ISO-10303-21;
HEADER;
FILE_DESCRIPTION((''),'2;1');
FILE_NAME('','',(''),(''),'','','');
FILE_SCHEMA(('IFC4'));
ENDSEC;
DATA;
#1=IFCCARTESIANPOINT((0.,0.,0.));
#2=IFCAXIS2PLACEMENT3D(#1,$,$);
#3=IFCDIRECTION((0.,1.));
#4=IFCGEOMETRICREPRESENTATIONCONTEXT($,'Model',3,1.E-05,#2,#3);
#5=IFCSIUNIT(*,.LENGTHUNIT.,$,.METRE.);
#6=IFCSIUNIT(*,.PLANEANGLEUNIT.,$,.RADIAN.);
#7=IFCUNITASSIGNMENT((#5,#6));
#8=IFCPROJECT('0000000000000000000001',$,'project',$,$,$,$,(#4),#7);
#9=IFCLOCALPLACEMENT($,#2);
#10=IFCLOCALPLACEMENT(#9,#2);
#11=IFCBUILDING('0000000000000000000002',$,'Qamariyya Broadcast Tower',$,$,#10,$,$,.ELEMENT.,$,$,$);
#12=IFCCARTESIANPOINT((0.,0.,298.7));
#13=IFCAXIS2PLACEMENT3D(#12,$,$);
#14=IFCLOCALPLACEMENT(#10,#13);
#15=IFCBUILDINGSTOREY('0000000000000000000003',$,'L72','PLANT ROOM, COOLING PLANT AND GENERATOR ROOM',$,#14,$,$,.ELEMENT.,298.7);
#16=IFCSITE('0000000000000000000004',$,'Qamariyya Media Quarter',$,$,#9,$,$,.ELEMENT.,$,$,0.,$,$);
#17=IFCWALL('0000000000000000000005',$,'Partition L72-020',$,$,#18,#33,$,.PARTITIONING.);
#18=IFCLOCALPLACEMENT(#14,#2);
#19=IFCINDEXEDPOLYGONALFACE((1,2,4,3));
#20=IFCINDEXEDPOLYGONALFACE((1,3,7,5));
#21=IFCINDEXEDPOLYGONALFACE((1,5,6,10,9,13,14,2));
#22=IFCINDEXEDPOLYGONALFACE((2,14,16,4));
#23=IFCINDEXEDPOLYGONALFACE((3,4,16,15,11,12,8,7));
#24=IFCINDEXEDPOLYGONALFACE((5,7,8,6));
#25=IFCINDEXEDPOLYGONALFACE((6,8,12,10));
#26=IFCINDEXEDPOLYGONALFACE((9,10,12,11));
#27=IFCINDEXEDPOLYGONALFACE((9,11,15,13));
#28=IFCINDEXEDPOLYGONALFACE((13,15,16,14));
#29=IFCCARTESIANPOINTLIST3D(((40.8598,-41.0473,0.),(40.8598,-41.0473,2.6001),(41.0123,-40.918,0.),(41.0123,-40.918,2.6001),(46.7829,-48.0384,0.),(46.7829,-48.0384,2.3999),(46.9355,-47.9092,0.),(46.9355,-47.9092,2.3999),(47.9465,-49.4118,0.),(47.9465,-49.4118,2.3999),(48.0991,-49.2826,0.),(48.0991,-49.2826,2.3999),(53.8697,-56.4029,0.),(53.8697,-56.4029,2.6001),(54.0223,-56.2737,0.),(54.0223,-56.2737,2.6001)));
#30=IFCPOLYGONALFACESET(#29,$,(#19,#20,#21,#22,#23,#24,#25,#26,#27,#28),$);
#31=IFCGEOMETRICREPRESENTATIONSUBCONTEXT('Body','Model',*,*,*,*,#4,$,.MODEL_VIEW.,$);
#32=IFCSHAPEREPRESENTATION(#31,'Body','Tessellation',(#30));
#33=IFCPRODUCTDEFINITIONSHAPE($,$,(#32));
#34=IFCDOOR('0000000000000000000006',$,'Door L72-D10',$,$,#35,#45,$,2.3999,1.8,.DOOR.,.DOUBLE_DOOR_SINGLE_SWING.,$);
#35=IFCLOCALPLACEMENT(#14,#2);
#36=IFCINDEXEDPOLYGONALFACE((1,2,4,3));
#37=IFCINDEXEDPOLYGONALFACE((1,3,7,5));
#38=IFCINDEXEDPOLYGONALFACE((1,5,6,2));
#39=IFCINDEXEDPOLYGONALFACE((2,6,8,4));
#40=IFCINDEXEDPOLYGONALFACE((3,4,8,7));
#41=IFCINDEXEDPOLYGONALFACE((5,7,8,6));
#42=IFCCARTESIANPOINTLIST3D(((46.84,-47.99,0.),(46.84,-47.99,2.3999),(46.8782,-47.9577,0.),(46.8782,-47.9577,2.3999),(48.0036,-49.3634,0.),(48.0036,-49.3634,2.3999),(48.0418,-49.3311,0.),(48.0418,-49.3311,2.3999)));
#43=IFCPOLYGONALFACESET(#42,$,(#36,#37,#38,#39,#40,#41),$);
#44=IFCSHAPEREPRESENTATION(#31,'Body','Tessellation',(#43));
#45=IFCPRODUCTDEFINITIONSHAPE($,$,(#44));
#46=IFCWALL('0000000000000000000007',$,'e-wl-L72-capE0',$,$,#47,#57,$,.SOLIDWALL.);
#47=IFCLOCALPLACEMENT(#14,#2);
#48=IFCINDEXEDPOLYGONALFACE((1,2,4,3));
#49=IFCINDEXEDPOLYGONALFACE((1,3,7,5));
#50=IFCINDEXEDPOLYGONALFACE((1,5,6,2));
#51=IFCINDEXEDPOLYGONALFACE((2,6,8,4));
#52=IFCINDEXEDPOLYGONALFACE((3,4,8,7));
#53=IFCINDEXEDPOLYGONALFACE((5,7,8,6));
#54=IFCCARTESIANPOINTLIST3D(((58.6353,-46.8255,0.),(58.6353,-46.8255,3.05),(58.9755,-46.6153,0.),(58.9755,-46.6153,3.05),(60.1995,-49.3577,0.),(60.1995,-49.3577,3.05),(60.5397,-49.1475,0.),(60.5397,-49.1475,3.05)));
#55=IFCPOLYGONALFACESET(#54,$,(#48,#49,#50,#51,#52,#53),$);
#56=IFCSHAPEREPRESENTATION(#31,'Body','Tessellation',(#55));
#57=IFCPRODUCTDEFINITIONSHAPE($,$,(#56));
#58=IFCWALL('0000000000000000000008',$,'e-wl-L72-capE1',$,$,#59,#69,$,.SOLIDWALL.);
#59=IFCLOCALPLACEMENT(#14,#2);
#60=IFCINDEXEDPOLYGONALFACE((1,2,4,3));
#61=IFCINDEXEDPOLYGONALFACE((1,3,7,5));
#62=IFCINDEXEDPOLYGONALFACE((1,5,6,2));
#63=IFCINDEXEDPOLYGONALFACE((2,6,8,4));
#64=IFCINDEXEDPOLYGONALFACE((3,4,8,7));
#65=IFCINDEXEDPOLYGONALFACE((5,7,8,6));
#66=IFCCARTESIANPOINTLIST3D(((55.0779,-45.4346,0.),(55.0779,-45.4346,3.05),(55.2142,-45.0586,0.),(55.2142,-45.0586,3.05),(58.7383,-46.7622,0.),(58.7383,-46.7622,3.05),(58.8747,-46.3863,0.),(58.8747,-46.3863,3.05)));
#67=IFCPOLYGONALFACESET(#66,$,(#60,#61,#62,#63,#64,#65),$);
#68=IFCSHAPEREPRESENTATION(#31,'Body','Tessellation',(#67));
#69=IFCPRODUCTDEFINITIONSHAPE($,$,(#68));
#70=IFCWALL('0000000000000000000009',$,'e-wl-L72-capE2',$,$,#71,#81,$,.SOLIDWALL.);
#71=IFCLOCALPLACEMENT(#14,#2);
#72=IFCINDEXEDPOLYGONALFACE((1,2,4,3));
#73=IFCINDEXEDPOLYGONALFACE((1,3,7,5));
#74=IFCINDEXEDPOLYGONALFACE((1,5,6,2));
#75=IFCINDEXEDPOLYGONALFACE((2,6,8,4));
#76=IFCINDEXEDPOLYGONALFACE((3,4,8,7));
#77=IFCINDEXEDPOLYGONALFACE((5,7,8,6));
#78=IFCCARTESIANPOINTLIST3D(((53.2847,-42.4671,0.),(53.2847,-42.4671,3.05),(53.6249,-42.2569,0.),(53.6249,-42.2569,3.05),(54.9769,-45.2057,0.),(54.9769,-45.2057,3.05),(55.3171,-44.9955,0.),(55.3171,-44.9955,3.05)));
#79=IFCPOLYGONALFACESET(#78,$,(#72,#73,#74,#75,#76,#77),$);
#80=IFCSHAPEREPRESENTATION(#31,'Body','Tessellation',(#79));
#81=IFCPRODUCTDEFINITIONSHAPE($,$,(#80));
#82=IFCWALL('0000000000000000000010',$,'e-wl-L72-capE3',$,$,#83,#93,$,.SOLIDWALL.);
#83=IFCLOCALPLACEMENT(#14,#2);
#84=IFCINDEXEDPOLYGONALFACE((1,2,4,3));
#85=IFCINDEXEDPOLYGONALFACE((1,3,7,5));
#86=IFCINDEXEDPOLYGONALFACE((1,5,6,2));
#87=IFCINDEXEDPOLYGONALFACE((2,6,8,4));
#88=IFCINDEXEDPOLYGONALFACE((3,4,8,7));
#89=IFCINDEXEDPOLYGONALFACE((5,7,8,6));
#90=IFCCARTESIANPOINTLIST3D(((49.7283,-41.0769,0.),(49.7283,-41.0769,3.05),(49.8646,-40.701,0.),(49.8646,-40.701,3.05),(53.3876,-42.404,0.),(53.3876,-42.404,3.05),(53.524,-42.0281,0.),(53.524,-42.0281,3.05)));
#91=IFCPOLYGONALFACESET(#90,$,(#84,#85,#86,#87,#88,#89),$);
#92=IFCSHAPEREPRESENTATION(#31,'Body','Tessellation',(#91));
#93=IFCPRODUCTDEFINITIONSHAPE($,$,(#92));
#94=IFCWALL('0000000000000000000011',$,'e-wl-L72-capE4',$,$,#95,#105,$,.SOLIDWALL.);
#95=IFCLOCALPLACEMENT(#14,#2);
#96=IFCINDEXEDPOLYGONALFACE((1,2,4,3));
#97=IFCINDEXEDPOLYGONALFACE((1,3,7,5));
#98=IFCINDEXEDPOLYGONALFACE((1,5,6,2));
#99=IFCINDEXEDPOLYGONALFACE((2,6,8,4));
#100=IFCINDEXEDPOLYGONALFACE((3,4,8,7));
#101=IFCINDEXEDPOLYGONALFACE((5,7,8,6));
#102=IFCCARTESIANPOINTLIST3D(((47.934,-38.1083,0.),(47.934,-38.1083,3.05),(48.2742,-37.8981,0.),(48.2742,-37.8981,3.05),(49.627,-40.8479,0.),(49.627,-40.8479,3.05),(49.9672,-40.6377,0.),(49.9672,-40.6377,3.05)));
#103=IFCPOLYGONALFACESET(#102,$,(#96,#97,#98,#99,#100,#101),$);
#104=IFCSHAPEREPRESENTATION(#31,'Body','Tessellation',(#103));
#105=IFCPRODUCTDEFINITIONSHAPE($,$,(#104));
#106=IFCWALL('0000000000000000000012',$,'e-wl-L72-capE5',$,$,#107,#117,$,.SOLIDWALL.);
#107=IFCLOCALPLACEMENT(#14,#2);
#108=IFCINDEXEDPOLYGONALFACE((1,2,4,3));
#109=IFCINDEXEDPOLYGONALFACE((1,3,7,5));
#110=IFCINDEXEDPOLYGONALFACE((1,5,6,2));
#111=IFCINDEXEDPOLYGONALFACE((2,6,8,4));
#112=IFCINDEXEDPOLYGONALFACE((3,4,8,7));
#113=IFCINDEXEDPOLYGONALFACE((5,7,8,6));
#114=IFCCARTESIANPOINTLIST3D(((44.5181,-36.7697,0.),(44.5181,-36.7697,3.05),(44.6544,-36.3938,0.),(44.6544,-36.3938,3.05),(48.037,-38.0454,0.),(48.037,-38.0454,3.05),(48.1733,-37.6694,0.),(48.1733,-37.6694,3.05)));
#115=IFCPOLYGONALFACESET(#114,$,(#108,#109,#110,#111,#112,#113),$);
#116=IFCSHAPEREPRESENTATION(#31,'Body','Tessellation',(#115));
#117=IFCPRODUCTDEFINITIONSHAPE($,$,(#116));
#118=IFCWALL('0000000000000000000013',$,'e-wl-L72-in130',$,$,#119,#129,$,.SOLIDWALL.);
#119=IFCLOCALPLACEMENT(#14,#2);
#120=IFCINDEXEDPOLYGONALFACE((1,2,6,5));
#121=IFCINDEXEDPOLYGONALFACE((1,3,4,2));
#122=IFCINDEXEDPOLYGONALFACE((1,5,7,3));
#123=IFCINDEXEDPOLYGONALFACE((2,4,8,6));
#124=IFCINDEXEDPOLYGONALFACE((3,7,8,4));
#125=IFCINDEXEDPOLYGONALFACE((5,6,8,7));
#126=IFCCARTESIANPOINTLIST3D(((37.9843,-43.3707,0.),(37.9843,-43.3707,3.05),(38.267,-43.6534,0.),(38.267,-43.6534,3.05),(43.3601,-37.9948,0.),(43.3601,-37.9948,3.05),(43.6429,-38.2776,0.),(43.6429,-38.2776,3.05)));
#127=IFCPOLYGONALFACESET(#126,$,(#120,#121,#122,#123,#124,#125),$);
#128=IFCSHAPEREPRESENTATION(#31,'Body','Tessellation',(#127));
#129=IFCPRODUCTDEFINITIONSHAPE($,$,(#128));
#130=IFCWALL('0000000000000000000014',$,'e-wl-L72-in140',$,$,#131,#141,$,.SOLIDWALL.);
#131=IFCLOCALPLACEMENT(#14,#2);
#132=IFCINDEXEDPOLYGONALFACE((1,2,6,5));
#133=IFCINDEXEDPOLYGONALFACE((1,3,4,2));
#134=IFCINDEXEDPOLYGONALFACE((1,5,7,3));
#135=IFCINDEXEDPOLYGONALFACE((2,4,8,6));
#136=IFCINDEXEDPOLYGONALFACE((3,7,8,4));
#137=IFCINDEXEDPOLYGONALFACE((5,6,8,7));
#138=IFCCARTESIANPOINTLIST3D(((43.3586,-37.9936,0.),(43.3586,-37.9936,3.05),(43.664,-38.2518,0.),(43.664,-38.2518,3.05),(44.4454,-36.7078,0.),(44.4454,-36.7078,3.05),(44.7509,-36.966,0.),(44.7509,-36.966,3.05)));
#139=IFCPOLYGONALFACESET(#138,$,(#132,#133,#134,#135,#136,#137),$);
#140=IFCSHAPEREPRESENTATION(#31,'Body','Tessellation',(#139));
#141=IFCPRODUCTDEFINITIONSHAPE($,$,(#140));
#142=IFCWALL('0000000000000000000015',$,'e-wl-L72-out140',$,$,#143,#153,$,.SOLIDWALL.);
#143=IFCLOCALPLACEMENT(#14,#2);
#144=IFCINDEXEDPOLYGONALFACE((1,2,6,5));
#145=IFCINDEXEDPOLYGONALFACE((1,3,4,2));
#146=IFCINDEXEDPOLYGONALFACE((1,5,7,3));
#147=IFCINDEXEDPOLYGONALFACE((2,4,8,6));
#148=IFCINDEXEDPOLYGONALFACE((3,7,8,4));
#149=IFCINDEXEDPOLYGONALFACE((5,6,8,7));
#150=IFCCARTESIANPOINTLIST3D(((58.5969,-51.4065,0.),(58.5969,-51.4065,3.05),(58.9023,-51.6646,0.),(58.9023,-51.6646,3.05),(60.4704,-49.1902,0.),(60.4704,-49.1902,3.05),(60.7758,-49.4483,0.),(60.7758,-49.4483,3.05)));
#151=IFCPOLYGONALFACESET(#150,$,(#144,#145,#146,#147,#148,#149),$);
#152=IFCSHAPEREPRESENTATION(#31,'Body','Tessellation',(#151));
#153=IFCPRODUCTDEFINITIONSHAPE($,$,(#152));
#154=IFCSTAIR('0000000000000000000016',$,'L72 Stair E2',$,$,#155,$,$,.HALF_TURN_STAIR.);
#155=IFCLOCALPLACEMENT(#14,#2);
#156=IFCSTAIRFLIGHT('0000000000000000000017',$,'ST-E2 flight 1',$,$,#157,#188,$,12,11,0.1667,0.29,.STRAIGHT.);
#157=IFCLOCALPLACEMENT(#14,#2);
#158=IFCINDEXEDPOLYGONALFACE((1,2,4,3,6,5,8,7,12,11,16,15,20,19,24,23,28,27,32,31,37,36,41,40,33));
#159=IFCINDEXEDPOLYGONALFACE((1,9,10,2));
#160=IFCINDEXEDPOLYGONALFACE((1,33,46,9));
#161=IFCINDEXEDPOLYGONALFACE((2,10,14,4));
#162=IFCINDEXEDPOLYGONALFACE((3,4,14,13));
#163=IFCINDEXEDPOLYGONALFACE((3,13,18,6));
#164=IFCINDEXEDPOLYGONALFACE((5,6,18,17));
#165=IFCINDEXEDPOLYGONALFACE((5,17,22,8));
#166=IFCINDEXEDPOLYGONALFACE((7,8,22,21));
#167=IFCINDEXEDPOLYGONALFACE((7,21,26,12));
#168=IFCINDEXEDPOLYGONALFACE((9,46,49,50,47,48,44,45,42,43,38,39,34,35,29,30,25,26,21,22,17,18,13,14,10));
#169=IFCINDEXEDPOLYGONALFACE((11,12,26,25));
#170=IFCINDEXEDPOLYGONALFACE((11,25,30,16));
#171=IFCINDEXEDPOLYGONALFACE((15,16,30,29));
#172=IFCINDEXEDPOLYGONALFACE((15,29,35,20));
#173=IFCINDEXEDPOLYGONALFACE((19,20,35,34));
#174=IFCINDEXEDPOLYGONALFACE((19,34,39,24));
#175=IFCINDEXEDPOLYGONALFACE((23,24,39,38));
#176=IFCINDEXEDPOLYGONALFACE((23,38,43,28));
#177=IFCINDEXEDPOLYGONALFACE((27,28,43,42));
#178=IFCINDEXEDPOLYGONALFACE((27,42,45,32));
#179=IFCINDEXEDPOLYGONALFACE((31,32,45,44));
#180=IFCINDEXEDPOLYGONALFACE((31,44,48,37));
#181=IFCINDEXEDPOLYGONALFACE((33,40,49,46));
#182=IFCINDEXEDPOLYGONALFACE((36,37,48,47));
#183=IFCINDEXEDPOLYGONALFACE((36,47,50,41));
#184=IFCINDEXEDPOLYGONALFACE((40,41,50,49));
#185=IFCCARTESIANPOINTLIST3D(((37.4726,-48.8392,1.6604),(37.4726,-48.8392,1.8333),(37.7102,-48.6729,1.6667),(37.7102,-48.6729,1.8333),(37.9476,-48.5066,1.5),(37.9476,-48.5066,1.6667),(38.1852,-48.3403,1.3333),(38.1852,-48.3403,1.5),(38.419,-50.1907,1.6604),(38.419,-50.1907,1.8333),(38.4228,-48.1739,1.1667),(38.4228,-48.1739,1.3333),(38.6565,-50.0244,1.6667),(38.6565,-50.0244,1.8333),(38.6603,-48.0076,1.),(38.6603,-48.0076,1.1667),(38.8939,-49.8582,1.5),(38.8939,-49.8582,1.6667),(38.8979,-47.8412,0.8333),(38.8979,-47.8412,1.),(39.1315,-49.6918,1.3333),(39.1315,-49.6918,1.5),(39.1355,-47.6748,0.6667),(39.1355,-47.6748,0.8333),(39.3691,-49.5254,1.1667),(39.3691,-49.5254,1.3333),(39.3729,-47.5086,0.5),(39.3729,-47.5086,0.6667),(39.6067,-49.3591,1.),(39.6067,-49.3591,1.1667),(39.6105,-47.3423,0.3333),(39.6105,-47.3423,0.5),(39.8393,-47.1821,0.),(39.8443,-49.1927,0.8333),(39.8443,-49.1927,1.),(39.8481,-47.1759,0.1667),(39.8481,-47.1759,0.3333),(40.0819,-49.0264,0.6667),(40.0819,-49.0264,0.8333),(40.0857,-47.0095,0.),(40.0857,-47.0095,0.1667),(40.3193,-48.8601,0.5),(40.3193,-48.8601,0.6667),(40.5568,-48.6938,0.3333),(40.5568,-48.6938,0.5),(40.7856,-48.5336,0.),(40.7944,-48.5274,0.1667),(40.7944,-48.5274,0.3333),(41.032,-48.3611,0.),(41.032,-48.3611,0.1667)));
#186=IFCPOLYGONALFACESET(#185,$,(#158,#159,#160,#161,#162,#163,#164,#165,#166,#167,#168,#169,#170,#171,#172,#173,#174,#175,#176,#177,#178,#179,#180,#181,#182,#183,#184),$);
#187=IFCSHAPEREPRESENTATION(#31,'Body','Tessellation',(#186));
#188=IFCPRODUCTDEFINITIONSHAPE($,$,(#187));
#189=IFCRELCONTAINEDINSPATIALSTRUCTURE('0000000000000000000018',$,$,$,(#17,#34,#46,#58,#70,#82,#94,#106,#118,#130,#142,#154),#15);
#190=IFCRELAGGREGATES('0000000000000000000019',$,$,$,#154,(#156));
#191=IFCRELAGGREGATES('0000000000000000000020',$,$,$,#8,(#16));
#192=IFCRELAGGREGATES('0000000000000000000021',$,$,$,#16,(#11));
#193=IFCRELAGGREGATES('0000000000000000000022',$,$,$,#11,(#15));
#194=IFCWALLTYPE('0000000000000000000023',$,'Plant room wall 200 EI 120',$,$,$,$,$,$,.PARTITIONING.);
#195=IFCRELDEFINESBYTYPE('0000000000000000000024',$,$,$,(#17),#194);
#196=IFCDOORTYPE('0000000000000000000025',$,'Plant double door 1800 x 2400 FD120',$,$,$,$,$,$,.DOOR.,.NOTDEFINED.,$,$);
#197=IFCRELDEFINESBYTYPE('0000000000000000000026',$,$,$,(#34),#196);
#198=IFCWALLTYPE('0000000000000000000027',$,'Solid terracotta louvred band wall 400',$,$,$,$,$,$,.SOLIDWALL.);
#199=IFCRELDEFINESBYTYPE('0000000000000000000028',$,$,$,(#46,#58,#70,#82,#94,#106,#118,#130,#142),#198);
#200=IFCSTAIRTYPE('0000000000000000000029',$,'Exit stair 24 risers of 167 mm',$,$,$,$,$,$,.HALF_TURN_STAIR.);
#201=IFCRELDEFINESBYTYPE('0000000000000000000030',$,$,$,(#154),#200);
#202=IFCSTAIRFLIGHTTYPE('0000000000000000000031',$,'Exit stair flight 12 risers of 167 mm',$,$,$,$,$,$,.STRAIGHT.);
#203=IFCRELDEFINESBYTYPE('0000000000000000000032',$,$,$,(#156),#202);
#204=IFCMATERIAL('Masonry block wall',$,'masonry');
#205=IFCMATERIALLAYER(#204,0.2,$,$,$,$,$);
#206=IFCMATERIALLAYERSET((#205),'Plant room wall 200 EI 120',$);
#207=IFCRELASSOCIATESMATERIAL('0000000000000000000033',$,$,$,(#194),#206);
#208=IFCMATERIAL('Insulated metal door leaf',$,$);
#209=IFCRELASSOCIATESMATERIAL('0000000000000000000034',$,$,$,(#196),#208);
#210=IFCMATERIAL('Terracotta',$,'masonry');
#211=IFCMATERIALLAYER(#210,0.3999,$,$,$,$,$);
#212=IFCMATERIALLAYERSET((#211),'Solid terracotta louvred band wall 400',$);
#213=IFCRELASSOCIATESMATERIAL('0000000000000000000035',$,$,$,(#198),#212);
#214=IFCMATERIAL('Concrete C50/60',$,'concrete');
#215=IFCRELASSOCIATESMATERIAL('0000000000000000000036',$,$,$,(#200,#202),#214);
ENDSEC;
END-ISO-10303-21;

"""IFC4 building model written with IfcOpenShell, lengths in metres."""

from ifc_helpers import new_model, si_unit, direction, frame, frame_2d, origin, place, context, subcontext, project, spatial, polyline, rectangle, outline, extrude, material, layer, layer_set, type_object, element, fill, aggregate, save


model = new_model("IFC4")

# Units and contexts
model_context = context("Model", 3, precision=1e-05, world=origin(), true_north=direction((0.0, 1.0)))
body_context = subcontext(model_context, "Body", "Model", "MODEL_VIEW")
ifc_project = project(units=[si_unit("LENGTHUNIT", "METRE"), si_unit("PLANEANGLEUNIT", "RADIAN")], contexts=[model_context])

# Site, building, storey
site_placement = place(None, origin())
site = spatial("IfcSite", under=ifc_project, at=site_placement, Name="Qamariyya Media Quarter", CompositionType="ELEMENT", RefElevation=0.0)
building_placement = place(site_placement, origin())
building = spatial("IfcBuilding", under=site, at=building_placement, Name="Qamariyya Broadcast Tower", CompositionType="ELEMENT")
storey_placement = place(building_placement, frame((0.0, 0.0, 298.7)))
storey = spatial("IfcBuildingStorey", under=building, at=storey_placement, Name="L72", Description="PLANT ROOM, COOLING PLANT AND GENERATOR ROOM", CompositionType="ELEMENT", Elevation=298.7)

# Shared definitions
ifc_material_1 = material(Name="Concrete C50/60", Category="concrete")

# Wall, opening, door
ifc_material_2 = material(Name="Masonry block wall", Category="masonry")
ifc_layer_1 = layer(ifc_material_2, 0.2)
ifc_layer_set_1 = layer_set([ifc_layer_1], Name="Plant room wall 200 EI 120")
wall_type_1 = type_object("IfcWallType", Name="Plant room wall 200 EI 120", PredefinedType="PARTITIONING", material=ifc_layer_set_1)
wall_1_placement = place(storey_placement, frame((40.936, -40.9827, 0.0), z_axis=(0.0, 0.0, 1.0), x_axis=(0.646426, -0.762977, 0.0)))
wall_1 = element("IfcWall", 1, at=wall_1_placement, inside=storey, type_object=wall_type_1, Name="Partition L72-020", PredefinedType="PARTITIONING", context=body_context, shape_type="SweptSolid", body=[
    extrude(rectangle(XDim=20.126, YDim=0.2, at=frame_2d((10.063, 0.0))), origin(), (0.0, 0.0, 1.0), 2.6001),
])
opening_1_placement = place(wall_1_placement, frame((9.1631, 0.0, 0.0)))
opening_1 = element("IfcOpeningElement", 2, at=opening_1_placement, cuts=wall_1, PredefinedType="OPENING", context=body_context, shape_type="SweptSolid", body=[
    extrude(rectangle(XDim=1.8, YDim=2.3999, at=frame_2d((0.8999, 1.2))), frame((0.0, 0.1099, 0.0), z_axis=(0.0, -1.0, 0.0), x_axis=(1.0, 0.0, 0.0)), (0.0, 0.0, 1.0), 0.22),
])
ifc_material_3 = material(Name="Insulated metal door leaf")
door_type_1 = type_object("IfcDoorType", Name="Plant double door 1800 x 2400 FD120", OperationType="NOTDEFINED", PredefinedType="DOOR", material=ifc_material_3)
door_1_placement = place(opening_1_placement, origin())
door_1 = element("IfcDoor", 3, at=door_1_placement, inside=storey, type_object=door_type_1, Name="Door L72-D10", OperationType="DOUBLE_DOOR_SINGLE_SWING", OverallHeight=2.3999, OverallWidth=1.8, PredefinedType="DOOR", context=body_context, shape_type="SweptSolid", body=[
    extrude(rectangle(XDim=1.8, YDim=2.3999, at=frame_2d((0.8999, 1.2))), frame((0.0, 0.0249, 0.0), z_axis=(0.0, -1.0, 0.0), x_axis=(1.0, 0.0, 0.0)), (0.0, 0.0, 1.0), 0.05),
])
fill(opening_1, door_1)

# Walls
ifc_material_4 = material(Name="Terracotta", Category="masonry")
ifc_layer_2 = layer(ifc_material_4, 0.3999)
ifc_layer_set_2 = layer_set([ifc_layer_2], Name="Solid terracotta louvred band wall 400")
wall_type_2 = type_object("IfcWallType", Name="Solid terracotta louvred band wall 400", PredefinedType="SOLIDWALL", material=ifc_layer_set_2)
wall_2_placement = place(storey_placement, frame((60.3696, -49.2527, 0.0), z_axis=(0.0, 0.0, 1.0), x_axis=(-0.525538, 0.85077, 0.0)))
element("IfcWall", 4, at=wall_2_placement, inside=storey, type_object=wall_type_2, Name="e-wl-L72-capE0", PredefinedType="SOLIDWALL", context=body_context, shape_type="SweptSolid", body=[
    extrude(rectangle(XDim=2.9763, YDim=0.3999, at=frame_2d((1.4883, 0.0))), origin(), (0.0, 0.0, 1.0), 3.05),
])
wall_3_placement = place(storey_placement, frame((58.8064, -46.5742, 0.0), z_axis=(0.0, 0.0, 1.0), x_axis=(-0.940075, 0.340968, 0.0)))
element("IfcWall", 5, at=wall_3_placement, inside=storey, type_object=wall_type_2, Name="e-wl-L72-capE1", PredefinedType="SOLIDWALL", context=body_context, shape_type="SweptSolid", body=[
    extrude(rectangle(XDim=3.8938, YDim=0.3999, at=frame_2d((1.9468, 0.0))), origin(), (0.0, 0.0, 1.0), 3.05),
])
wall_4_placement = place(storey_placement, frame((55.147, -45.1006, 0.0), z_axis=(0.0, 0.0, 1.0), x_axis=(-0.525649, 0.850701, 0.0)))
element("IfcWall", 6, at=wall_4_placement, inside=storey, type_object=wall_type_2, Name="e-wl-L72-capE2", PredefinedType="SOLIDWALL", context=body_context, shape_type="SweptSolid", body=[
    extrude(rectangle(XDim=3.2192, YDim=0.3999, at=frame_2d((1.6096, 0.0))), origin(), (0.0, 0.0, 1.0), 3.05),
])
wall_5_placement = place(storey_placement, frame((53.4558, -42.2161, 0.0), z_axis=(0.0, 0.0, 1.0), x_axis=(-0.940086, 0.340937, 0.0)))
element("IfcWall", 7, at=wall_5_placement, inside=storey, type_object=wall_type_2, Name="e-wl-L72-capE3", PredefinedType="SOLIDWALL", context=body_context, shape_type="SweptSolid", body=[
    extrude(rectangle(XDim=3.8926, YDim=0.3999, at=frame_2d((1.9463, 0.0))), origin(), (0.0, 0.0, 1.0), 3.05),
])
wall_6_placement = place(storey_placement, frame((49.7971, -40.7429, 0.0), z_axis=(0.0, 0.0, 1.0), x_axis=(-0.525678, 0.850683, 0.0)))
element("IfcWall", 8, at=wall_6_placement, inside=storey, type_object=wall_type_2, Name="e-wl-L72-capE4", PredefinedType="SOLIDWALL", context=body_context, shape_type="SweptSolid", body=[
    extrude(rectangle(XDim=3.2205, YDim=0.3999, at=frame_2d((1.6104, 0.0))), origin(), (0.0, 0.0, 1.0), 3.05),
])
wall_7_placement = place(storey_placement, frame((48.1052, -37.8574, 0.0), z_axis=(0.0, 0.0, 1.0), x_axis=(-0.94013, 0.340816, 0.0)))
element("IfcWall", 9, at=wall_7_placement, inside=storey, type_object=wall_type_2, Name="e-wl-L72-capE5", PredefinedType="SOLIDWALL", context=body_context, shape_type="SweptSolid", body=[
    extrude(rectangle(XDim=3.7429, YDim=0.3999, at=frame_2d((1.8716, 0.0))), origin(), (0.0, 0.0, 1.0), 3.05),
])
wall_8_placement = place(storey_placement, frame((43.5015, -38.1362, 0.0), z_axis=(0.0, 0.0, 1.0), x_axis=(-0.707107, -0.707107, 0.0)))
element("IfcWall", 10, at=wall_8_placement, inside=storey, type_object=wall_type_2, Name="e-wl-L72-in130", PredefinedType="SOLIDWALL", context=body_context, shape_type="SweptSolid", body=[
    extrude(rectangle(XDim=7.6025, YDim=0.3999, at=frame_2d((3.8013, 0.0))), origin(), (0.0, 0.0, 1.0), 3.05),
])
wall_9_placement = place(storey_placement, frame((44.5981, -36.8369, 0.0), z_axis=(0.0, 0.0, 1.0), x_axis=(-0.645546, -0.763722, 0.0)))
element("IfcWall", 11, at=wall_9_placement, inside=storey, type_object=wall_type_2, Name="e-wl-L72-in140", PredefinedType="SOLIDWALL", context=body_context, shape_type="SweptSolid", body=[
    extrude(rectangle(XDim=1.6836, YDim=0.3999, at=frame_2d((0.8418, 0.0))), origin(), (0.0, 0.0, 1.0), 3.05),
])
wall_10_placement = place(storey_placement, frame((58.7495, -51.5356, 0.0), z_axis=(0.0, 0.0, 1.0), x_axis=(0.64558, 0.763693, 0.0)))
element("IfcWall", 12, at=wall_10_placement, inside=storey, type_object=wall_type_2, Name="e-wl-L72-out140", PredefinedType="SOLIDWALL", context=body_context, shape_type="SweptSolid", body=[
    extrude(rectangle(XDim=2.9021, YDim=0.3999, at=frame_2d((1.4512, 0.0))), origin(), (0.0, 0.0, 1.0), 3.05),
])

# Stair, stair flight
stair_type = type_object("IfcStairType", Name="Exit stair 24 risers of 167 mm", PredefinedType="HALF_TURN_STAIR", material=ifc_material_1)
stair_1_placement = place(storey_placement, origin())
stair_1 = element("IfcStair", 13, at=stair_1_placement, inside=storey, type_object=stair_type, Name="L72 Stair E2", PredefinedType="HALF_TURN_STAIR")
stair_flight_type = type_object("IfcStairFlightType", Name="Exit stair flight 12 risers of 167 mm", PredefinedType="STRAIGHT", material=ifc_material_1)
stair_flight_1_placement = place(storey_placement, frame((40.5588, -47.6853, 0.0), z_axis=(0.0, 0.0, 1.0), x_axis=(-0.819152, -0.573576, 0.0)))
stair_flight_1 = element("IfcStairFlight", 14, at=stair_flight_1_placement, type_object=stair_flight_type, Name="ST-E2 flight 1", NumberOfRisers=12, NumberOfTreads=11, PredefinedType="STRAIGHT", RiserHeight=0.1667, TreadLength=0.29, context=body_context, shape_type="SweptSolid", body=[
    extrude(outline(polyline([(0.0, 0.0), (0.0, 0.1667), (0.29, 0.1667), (0.29, 0.3333), (0.5801, 0.3333), (0.5801, 0.5), (0.8701, 0.5), (0.8701, 0.6667), (1.1599, 0.6667), (1.1599, 0.8333), (1.45, 0.8333), (1.45, 1.0), (1.74, 1.0), (1.74, 1.1667), (2.03, 1.1667), (2.03, 1.3333), (2.3201, 1.3333), (2.3201, 1.5), (2.6101, 1.5), (2.6101, 1.6667), (2.8999, 1.6667), (2.8999, 1.8333), (3.1899, 1.8333), (3.1899, 2.0), (3.1899, 1.6604), (0.3008, 0.0), (0.0, 0.0)])), frame((0.0, 0.825, 0.0), z_axis=(0.0, -1.0, 0.0), x_axis=(1.0, 0.0, 0.0)), (0.0, 0.0, 1.0), 1.6499),
])
aggregate(stair_1, [stair_flight_1])

save(model, "model.ifc")
